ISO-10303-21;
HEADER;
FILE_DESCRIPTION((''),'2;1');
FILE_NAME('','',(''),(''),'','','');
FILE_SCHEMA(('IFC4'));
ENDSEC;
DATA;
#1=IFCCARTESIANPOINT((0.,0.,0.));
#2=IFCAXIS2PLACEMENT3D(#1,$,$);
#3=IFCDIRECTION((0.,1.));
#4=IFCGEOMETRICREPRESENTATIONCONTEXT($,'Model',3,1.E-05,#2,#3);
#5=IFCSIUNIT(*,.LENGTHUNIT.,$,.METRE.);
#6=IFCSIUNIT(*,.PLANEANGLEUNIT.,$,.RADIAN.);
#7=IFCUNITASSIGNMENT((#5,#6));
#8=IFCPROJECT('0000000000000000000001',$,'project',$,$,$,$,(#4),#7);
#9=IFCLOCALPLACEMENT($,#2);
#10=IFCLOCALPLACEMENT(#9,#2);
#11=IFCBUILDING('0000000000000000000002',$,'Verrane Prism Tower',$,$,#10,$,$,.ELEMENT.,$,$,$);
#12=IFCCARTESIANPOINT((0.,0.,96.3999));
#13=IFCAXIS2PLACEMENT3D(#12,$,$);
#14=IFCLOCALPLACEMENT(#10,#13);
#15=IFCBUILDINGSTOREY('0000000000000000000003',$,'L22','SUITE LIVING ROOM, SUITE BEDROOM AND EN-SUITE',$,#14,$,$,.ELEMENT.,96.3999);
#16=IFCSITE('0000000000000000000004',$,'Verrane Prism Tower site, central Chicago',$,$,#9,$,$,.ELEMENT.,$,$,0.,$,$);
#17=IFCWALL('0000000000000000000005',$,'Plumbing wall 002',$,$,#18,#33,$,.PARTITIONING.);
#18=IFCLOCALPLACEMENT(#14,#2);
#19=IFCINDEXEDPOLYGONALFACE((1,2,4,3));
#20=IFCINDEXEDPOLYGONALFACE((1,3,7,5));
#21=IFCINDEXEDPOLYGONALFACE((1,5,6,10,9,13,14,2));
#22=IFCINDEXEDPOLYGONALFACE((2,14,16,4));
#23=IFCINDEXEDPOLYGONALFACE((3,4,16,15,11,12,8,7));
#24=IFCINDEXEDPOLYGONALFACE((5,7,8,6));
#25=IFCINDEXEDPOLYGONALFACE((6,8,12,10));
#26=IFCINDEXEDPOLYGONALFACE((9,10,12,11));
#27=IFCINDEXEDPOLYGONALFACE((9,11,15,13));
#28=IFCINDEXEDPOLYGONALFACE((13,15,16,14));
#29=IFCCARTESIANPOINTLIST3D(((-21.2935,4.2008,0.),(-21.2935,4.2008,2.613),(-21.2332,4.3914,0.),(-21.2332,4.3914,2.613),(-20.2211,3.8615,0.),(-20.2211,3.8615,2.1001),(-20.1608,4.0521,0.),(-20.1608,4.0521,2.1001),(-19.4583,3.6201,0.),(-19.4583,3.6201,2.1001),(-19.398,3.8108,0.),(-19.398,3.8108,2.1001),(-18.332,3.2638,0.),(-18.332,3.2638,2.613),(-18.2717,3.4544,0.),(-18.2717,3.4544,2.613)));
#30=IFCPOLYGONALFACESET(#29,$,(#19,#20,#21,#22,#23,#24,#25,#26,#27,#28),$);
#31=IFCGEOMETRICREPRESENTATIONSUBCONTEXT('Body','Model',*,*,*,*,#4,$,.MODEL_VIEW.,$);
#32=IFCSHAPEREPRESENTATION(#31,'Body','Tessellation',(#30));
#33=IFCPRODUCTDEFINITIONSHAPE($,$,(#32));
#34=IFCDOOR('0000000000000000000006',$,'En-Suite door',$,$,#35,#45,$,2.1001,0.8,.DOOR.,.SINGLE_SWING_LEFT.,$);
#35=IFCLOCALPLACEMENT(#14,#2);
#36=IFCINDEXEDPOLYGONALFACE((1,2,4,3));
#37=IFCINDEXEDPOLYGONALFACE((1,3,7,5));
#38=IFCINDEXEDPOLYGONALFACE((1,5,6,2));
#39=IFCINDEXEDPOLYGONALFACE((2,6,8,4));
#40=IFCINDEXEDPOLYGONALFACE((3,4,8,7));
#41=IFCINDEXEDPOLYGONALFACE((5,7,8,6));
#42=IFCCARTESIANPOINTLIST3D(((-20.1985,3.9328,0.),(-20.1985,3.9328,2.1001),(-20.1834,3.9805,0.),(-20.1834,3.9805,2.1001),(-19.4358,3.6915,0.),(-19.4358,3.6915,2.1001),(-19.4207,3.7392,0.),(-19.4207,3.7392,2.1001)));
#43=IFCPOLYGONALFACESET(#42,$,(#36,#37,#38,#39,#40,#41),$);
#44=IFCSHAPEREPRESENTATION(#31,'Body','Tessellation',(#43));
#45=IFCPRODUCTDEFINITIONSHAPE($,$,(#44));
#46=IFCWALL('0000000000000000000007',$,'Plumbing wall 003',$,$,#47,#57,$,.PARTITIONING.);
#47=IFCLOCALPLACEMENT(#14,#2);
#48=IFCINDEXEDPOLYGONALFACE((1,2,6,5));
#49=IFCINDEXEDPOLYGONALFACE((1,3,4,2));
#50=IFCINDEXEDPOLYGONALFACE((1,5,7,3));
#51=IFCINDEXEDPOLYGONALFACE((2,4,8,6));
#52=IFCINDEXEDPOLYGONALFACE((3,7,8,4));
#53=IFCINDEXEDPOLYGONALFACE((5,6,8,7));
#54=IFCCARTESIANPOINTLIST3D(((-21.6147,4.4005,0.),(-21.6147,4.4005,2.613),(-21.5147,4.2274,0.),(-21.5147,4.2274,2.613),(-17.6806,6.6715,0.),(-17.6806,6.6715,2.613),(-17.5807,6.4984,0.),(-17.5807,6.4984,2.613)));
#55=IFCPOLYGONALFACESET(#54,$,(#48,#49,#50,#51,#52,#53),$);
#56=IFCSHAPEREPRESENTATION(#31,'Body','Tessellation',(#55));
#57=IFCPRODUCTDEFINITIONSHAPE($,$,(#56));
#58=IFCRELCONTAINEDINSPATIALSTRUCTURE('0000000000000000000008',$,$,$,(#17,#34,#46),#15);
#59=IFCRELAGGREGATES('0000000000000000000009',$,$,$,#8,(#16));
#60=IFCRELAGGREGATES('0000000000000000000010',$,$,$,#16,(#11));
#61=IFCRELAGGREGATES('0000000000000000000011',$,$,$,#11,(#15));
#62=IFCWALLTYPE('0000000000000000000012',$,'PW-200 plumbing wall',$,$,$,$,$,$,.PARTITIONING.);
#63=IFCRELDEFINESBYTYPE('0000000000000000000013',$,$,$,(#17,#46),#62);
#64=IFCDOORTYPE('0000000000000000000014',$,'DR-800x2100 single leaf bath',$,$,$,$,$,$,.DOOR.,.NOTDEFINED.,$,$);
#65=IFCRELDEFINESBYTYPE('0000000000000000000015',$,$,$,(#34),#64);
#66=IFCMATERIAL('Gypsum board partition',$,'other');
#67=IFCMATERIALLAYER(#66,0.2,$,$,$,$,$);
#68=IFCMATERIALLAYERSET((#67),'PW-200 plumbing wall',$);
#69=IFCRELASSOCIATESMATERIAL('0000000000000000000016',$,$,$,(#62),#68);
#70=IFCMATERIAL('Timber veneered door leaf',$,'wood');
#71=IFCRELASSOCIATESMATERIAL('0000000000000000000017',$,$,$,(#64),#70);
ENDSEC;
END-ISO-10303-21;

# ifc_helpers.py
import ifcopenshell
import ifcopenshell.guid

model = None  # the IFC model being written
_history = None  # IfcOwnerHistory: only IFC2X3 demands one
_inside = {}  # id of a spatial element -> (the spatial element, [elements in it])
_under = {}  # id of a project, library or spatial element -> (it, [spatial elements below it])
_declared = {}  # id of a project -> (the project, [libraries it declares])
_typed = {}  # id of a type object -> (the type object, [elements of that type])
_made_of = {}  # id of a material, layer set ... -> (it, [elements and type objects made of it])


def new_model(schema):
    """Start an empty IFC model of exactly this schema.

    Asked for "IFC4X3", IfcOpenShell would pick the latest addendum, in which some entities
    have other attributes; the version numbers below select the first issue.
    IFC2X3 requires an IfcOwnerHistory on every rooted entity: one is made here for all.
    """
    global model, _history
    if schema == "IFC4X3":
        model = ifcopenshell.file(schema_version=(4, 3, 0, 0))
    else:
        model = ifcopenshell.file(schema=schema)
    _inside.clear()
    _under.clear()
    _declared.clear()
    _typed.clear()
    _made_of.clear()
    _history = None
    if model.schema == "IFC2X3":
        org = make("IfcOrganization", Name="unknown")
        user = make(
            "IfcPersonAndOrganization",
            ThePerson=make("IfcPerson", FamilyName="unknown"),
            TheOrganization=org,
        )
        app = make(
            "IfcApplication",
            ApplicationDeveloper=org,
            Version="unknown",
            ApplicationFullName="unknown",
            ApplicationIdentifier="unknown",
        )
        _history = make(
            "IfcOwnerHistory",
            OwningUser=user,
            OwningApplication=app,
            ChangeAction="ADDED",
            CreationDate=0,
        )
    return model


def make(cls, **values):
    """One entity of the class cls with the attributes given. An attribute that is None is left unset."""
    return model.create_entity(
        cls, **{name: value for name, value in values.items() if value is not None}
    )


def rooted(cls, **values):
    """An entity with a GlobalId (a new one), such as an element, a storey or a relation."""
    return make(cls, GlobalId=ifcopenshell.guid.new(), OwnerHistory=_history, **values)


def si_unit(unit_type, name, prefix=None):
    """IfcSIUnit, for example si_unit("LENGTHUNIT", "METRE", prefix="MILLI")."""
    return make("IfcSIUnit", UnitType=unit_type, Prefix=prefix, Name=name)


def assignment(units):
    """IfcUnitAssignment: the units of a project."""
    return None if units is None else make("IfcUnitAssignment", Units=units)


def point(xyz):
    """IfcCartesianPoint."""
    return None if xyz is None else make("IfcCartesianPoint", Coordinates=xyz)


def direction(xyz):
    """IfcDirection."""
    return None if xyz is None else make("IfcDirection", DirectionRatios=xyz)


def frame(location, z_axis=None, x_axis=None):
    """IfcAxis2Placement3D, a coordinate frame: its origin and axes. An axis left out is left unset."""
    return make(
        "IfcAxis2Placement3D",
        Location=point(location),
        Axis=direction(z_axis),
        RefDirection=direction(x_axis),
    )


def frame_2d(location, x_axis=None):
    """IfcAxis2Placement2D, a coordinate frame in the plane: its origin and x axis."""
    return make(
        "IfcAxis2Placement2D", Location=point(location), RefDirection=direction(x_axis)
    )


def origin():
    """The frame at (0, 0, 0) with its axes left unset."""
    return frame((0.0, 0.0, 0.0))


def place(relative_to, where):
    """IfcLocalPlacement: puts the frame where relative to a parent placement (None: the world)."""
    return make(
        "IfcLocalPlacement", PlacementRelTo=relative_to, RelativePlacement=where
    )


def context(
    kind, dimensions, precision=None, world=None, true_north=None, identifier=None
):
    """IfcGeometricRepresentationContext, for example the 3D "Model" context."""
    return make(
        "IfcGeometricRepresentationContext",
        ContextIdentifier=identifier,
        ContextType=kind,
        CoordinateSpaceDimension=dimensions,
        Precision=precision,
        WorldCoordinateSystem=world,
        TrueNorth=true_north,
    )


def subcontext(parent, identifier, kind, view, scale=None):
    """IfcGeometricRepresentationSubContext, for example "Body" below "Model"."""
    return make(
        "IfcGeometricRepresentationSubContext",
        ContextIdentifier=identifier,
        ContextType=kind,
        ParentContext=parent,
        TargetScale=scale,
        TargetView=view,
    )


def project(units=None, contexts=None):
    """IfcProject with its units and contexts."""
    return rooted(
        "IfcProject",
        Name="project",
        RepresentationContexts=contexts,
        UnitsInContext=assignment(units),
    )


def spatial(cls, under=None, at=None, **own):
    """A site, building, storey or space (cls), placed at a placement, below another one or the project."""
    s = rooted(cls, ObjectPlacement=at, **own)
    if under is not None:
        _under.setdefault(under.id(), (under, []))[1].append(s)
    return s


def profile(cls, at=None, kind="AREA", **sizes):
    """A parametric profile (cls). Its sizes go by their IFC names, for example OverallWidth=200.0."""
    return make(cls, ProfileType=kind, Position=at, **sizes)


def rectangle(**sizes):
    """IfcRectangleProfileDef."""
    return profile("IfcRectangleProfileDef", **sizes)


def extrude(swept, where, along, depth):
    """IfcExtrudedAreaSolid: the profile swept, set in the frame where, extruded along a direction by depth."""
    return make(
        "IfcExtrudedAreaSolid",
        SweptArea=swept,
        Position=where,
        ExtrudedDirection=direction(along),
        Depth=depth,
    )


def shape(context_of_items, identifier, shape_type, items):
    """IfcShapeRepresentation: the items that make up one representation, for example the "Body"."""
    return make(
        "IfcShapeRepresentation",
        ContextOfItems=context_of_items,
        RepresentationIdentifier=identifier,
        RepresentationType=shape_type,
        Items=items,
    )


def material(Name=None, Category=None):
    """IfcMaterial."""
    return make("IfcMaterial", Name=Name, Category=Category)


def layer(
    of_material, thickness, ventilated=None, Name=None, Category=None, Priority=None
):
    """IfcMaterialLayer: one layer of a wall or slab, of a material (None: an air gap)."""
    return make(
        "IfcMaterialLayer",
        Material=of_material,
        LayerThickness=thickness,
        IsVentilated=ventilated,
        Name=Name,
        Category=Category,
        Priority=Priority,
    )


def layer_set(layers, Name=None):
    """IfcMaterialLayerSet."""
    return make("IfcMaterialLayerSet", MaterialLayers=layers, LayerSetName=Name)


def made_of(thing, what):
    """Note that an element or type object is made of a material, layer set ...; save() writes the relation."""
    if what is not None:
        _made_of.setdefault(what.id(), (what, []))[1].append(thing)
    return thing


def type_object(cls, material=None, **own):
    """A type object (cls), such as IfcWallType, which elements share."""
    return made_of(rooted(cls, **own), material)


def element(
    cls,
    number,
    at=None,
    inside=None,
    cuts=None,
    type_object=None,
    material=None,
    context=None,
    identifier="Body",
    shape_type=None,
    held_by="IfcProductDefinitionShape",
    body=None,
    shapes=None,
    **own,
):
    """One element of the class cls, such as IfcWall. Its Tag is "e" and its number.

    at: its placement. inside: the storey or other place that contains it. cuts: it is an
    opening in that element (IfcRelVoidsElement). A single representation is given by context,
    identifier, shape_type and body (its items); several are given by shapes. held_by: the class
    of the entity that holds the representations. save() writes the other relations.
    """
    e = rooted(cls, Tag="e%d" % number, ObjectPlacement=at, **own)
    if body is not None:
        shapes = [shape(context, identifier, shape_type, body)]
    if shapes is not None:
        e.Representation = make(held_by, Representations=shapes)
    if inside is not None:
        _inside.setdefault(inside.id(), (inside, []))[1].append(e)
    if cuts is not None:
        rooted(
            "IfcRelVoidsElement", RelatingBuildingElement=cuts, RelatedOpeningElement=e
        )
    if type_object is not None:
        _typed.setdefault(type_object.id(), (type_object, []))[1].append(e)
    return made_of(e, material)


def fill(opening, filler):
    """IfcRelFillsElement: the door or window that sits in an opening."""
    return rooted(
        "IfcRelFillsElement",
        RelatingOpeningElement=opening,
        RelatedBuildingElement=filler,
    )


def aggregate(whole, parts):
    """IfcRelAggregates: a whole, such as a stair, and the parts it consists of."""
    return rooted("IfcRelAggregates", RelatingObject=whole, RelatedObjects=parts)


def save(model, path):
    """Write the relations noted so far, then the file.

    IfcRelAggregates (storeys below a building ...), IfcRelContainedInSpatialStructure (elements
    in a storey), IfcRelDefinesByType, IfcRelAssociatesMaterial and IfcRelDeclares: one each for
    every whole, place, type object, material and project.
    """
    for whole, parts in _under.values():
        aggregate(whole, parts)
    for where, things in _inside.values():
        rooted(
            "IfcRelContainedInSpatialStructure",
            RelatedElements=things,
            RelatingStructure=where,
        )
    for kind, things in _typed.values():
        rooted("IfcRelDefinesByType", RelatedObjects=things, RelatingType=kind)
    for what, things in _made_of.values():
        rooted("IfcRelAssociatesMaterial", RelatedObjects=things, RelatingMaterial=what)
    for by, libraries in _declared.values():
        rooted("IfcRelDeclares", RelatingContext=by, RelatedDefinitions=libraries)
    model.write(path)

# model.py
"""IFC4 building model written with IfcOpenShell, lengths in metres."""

from ifc_helpers import new_model, si_unit, direction, frame, frame_2d, origin, place, context, subcontext, project, spatial, rectangle, extrude, material, layer, layer_set, type_object, element, fill, save


model = new_model("IFC4")

# Units and contexts
model_context = context("Model", 3, precision=1e-05, world=origin(), true_north=direction((0.0, 1.0)))
body_context = subcontext(model_context, "Body", "Model", "MODEL_VIEW")
ifc_project = project(units=[si_unit("LENGTHUNIT", "METRE"), si_unit("PLANEANGLEUNIT", "RADIAN")], contexts=[model_context])

# Site, building, storey
site_placement = place(None, origin())
site = spatial("IfcSite", under=ifc_project, at=site_placement, Name="Verrane Prism Tower site, central Chicago", CompositionType="ELEMENT", RefElevation=0.0)
building_placement = place(site_placement, origin())
building = spatial("IfcBuilding", under=site, at=building_placement, Name="Verrane Prism Tower", CompositionType="ELEMENT")
storey_placement = place(building_placement, frame((0.0, 0.0, 96.3999)))
storey = spatial("IfcBuildingStorey", under=building, at=storey_placement, Name="L22", Description="SUITE LIVING ROOM, SUITE BEDROOM AND EN-SUITE", CompositionType="ELEMENT", Elevation=96.3999)

# Wall, opening, door
ifc_material_1 = material(Name="Gypsum board partition", Category="other")
ifc_layer_1 = layer(ifc_material_1, 0.2)
ifc_layer_set_1 = layer_set([ifc_layer_1], Name="PW-200 plumbing wall")
wall_type_1 = type_object("IfcWallType", Name="PW-200 plumbing wall", PredefinedType="PARTITIONING", material=ifc_layer_set_1)
wall_1_placement = place(storey_placement, frame((-21.2634, 4.2961, 0.0), z_axis=(0.0, 0.0, 1.0), x_axis=(0.953414, -0.301665, 0.0)))
wall_1 = element("IfcWall", 1, at=wall_1_placement, inside=storey, type_object=wall_type_1, Name="Plumbing wall 002", PredefinedType="PARTITIONING", context=body_context, shape_type="SweptSolid", body=[
    extrude(rectangle(XDim=3.1062, YDim=0.2, at=frame_2d((1.5532, 0.0))), origin(), (0.0, 0.0, 1.0), 2.613),
])
opening_1_placement = place(wall_1_placement, frame((1.125, 0.0, 0.0)))
opening_1 = element("IfcOpeningElement", 2, at=opening_1_placement, cuts=wall_1, PredefinedType="OPENING", context=body_context, shape_type="SweptSolid", body=[
    extrude(rectangle(XDim=0.8, YDim=2.1001, at=frame_2d((0.3999, 1.05))), frame((0.0, 0.1099, 0.0), z_axis=(0.0, -1.0, 0.0), x_axis=(1.0, 0.0, 0.0)), (0.0, 0.0, 1.0), 0.22),
])
ifc_material_2 = material(Name="Timber veneered door leaf", Category="wood")
door_type_1 = type_object("IfcDoorType", Name="DR-800x2100 single leaf bath", OperationType="NOTDEFINED", PredefinedType="DOOR", material=ifc_material_2)
door_1_placement = place(opening_1_placement, origin())
door_1 = element("IfcDoor", 3, at=door_1_placement, inside=storey, type_object=door_type_1, Name="En-Suite door", OperationType="SINGLE_SWING_LEFT", OverallHeight=2.1001, OverallWidth=0.8, PredefinedType="DOOR", context=body_context, shape_type="SweptSolid", body=[
    extrude(rectangle(XDim=0.8, YDim=2.1001, at=frame_2d((0.3999, 1.05))), frame((0.0, 0.0249, 0.0), z_axis=(0.0, -1.0, 0.0), x_axis=(1.0, 0.0, 0.0)), (0.0, 0.0, 1.0), 0.05),
])
fill(opening_1, door_1)

# Wall
wall_2_placement = place(storey_placement, frame((-21.5647, 4.314, 0.0), z_axis=(0.0, 0.0, 1.0), x_axis=(0.866059, 0.499943, 0.0)))
element("IfcWall", 4, at=wall_2_placement, inside=storey, type_object=wall_type_1, Name="Plumbing wall 003", PredefinedType="PARTITIONING", context=body_context, shape_type="SweptSolid", body=[
    extrude(rectangle(XDim=4.5425, YDim=0.2, at=frame_2d((2.2712, 0.0))), origin(), (0.0, 0.0, 1.0), 2.613),
])

save(model, "model.ifc")
